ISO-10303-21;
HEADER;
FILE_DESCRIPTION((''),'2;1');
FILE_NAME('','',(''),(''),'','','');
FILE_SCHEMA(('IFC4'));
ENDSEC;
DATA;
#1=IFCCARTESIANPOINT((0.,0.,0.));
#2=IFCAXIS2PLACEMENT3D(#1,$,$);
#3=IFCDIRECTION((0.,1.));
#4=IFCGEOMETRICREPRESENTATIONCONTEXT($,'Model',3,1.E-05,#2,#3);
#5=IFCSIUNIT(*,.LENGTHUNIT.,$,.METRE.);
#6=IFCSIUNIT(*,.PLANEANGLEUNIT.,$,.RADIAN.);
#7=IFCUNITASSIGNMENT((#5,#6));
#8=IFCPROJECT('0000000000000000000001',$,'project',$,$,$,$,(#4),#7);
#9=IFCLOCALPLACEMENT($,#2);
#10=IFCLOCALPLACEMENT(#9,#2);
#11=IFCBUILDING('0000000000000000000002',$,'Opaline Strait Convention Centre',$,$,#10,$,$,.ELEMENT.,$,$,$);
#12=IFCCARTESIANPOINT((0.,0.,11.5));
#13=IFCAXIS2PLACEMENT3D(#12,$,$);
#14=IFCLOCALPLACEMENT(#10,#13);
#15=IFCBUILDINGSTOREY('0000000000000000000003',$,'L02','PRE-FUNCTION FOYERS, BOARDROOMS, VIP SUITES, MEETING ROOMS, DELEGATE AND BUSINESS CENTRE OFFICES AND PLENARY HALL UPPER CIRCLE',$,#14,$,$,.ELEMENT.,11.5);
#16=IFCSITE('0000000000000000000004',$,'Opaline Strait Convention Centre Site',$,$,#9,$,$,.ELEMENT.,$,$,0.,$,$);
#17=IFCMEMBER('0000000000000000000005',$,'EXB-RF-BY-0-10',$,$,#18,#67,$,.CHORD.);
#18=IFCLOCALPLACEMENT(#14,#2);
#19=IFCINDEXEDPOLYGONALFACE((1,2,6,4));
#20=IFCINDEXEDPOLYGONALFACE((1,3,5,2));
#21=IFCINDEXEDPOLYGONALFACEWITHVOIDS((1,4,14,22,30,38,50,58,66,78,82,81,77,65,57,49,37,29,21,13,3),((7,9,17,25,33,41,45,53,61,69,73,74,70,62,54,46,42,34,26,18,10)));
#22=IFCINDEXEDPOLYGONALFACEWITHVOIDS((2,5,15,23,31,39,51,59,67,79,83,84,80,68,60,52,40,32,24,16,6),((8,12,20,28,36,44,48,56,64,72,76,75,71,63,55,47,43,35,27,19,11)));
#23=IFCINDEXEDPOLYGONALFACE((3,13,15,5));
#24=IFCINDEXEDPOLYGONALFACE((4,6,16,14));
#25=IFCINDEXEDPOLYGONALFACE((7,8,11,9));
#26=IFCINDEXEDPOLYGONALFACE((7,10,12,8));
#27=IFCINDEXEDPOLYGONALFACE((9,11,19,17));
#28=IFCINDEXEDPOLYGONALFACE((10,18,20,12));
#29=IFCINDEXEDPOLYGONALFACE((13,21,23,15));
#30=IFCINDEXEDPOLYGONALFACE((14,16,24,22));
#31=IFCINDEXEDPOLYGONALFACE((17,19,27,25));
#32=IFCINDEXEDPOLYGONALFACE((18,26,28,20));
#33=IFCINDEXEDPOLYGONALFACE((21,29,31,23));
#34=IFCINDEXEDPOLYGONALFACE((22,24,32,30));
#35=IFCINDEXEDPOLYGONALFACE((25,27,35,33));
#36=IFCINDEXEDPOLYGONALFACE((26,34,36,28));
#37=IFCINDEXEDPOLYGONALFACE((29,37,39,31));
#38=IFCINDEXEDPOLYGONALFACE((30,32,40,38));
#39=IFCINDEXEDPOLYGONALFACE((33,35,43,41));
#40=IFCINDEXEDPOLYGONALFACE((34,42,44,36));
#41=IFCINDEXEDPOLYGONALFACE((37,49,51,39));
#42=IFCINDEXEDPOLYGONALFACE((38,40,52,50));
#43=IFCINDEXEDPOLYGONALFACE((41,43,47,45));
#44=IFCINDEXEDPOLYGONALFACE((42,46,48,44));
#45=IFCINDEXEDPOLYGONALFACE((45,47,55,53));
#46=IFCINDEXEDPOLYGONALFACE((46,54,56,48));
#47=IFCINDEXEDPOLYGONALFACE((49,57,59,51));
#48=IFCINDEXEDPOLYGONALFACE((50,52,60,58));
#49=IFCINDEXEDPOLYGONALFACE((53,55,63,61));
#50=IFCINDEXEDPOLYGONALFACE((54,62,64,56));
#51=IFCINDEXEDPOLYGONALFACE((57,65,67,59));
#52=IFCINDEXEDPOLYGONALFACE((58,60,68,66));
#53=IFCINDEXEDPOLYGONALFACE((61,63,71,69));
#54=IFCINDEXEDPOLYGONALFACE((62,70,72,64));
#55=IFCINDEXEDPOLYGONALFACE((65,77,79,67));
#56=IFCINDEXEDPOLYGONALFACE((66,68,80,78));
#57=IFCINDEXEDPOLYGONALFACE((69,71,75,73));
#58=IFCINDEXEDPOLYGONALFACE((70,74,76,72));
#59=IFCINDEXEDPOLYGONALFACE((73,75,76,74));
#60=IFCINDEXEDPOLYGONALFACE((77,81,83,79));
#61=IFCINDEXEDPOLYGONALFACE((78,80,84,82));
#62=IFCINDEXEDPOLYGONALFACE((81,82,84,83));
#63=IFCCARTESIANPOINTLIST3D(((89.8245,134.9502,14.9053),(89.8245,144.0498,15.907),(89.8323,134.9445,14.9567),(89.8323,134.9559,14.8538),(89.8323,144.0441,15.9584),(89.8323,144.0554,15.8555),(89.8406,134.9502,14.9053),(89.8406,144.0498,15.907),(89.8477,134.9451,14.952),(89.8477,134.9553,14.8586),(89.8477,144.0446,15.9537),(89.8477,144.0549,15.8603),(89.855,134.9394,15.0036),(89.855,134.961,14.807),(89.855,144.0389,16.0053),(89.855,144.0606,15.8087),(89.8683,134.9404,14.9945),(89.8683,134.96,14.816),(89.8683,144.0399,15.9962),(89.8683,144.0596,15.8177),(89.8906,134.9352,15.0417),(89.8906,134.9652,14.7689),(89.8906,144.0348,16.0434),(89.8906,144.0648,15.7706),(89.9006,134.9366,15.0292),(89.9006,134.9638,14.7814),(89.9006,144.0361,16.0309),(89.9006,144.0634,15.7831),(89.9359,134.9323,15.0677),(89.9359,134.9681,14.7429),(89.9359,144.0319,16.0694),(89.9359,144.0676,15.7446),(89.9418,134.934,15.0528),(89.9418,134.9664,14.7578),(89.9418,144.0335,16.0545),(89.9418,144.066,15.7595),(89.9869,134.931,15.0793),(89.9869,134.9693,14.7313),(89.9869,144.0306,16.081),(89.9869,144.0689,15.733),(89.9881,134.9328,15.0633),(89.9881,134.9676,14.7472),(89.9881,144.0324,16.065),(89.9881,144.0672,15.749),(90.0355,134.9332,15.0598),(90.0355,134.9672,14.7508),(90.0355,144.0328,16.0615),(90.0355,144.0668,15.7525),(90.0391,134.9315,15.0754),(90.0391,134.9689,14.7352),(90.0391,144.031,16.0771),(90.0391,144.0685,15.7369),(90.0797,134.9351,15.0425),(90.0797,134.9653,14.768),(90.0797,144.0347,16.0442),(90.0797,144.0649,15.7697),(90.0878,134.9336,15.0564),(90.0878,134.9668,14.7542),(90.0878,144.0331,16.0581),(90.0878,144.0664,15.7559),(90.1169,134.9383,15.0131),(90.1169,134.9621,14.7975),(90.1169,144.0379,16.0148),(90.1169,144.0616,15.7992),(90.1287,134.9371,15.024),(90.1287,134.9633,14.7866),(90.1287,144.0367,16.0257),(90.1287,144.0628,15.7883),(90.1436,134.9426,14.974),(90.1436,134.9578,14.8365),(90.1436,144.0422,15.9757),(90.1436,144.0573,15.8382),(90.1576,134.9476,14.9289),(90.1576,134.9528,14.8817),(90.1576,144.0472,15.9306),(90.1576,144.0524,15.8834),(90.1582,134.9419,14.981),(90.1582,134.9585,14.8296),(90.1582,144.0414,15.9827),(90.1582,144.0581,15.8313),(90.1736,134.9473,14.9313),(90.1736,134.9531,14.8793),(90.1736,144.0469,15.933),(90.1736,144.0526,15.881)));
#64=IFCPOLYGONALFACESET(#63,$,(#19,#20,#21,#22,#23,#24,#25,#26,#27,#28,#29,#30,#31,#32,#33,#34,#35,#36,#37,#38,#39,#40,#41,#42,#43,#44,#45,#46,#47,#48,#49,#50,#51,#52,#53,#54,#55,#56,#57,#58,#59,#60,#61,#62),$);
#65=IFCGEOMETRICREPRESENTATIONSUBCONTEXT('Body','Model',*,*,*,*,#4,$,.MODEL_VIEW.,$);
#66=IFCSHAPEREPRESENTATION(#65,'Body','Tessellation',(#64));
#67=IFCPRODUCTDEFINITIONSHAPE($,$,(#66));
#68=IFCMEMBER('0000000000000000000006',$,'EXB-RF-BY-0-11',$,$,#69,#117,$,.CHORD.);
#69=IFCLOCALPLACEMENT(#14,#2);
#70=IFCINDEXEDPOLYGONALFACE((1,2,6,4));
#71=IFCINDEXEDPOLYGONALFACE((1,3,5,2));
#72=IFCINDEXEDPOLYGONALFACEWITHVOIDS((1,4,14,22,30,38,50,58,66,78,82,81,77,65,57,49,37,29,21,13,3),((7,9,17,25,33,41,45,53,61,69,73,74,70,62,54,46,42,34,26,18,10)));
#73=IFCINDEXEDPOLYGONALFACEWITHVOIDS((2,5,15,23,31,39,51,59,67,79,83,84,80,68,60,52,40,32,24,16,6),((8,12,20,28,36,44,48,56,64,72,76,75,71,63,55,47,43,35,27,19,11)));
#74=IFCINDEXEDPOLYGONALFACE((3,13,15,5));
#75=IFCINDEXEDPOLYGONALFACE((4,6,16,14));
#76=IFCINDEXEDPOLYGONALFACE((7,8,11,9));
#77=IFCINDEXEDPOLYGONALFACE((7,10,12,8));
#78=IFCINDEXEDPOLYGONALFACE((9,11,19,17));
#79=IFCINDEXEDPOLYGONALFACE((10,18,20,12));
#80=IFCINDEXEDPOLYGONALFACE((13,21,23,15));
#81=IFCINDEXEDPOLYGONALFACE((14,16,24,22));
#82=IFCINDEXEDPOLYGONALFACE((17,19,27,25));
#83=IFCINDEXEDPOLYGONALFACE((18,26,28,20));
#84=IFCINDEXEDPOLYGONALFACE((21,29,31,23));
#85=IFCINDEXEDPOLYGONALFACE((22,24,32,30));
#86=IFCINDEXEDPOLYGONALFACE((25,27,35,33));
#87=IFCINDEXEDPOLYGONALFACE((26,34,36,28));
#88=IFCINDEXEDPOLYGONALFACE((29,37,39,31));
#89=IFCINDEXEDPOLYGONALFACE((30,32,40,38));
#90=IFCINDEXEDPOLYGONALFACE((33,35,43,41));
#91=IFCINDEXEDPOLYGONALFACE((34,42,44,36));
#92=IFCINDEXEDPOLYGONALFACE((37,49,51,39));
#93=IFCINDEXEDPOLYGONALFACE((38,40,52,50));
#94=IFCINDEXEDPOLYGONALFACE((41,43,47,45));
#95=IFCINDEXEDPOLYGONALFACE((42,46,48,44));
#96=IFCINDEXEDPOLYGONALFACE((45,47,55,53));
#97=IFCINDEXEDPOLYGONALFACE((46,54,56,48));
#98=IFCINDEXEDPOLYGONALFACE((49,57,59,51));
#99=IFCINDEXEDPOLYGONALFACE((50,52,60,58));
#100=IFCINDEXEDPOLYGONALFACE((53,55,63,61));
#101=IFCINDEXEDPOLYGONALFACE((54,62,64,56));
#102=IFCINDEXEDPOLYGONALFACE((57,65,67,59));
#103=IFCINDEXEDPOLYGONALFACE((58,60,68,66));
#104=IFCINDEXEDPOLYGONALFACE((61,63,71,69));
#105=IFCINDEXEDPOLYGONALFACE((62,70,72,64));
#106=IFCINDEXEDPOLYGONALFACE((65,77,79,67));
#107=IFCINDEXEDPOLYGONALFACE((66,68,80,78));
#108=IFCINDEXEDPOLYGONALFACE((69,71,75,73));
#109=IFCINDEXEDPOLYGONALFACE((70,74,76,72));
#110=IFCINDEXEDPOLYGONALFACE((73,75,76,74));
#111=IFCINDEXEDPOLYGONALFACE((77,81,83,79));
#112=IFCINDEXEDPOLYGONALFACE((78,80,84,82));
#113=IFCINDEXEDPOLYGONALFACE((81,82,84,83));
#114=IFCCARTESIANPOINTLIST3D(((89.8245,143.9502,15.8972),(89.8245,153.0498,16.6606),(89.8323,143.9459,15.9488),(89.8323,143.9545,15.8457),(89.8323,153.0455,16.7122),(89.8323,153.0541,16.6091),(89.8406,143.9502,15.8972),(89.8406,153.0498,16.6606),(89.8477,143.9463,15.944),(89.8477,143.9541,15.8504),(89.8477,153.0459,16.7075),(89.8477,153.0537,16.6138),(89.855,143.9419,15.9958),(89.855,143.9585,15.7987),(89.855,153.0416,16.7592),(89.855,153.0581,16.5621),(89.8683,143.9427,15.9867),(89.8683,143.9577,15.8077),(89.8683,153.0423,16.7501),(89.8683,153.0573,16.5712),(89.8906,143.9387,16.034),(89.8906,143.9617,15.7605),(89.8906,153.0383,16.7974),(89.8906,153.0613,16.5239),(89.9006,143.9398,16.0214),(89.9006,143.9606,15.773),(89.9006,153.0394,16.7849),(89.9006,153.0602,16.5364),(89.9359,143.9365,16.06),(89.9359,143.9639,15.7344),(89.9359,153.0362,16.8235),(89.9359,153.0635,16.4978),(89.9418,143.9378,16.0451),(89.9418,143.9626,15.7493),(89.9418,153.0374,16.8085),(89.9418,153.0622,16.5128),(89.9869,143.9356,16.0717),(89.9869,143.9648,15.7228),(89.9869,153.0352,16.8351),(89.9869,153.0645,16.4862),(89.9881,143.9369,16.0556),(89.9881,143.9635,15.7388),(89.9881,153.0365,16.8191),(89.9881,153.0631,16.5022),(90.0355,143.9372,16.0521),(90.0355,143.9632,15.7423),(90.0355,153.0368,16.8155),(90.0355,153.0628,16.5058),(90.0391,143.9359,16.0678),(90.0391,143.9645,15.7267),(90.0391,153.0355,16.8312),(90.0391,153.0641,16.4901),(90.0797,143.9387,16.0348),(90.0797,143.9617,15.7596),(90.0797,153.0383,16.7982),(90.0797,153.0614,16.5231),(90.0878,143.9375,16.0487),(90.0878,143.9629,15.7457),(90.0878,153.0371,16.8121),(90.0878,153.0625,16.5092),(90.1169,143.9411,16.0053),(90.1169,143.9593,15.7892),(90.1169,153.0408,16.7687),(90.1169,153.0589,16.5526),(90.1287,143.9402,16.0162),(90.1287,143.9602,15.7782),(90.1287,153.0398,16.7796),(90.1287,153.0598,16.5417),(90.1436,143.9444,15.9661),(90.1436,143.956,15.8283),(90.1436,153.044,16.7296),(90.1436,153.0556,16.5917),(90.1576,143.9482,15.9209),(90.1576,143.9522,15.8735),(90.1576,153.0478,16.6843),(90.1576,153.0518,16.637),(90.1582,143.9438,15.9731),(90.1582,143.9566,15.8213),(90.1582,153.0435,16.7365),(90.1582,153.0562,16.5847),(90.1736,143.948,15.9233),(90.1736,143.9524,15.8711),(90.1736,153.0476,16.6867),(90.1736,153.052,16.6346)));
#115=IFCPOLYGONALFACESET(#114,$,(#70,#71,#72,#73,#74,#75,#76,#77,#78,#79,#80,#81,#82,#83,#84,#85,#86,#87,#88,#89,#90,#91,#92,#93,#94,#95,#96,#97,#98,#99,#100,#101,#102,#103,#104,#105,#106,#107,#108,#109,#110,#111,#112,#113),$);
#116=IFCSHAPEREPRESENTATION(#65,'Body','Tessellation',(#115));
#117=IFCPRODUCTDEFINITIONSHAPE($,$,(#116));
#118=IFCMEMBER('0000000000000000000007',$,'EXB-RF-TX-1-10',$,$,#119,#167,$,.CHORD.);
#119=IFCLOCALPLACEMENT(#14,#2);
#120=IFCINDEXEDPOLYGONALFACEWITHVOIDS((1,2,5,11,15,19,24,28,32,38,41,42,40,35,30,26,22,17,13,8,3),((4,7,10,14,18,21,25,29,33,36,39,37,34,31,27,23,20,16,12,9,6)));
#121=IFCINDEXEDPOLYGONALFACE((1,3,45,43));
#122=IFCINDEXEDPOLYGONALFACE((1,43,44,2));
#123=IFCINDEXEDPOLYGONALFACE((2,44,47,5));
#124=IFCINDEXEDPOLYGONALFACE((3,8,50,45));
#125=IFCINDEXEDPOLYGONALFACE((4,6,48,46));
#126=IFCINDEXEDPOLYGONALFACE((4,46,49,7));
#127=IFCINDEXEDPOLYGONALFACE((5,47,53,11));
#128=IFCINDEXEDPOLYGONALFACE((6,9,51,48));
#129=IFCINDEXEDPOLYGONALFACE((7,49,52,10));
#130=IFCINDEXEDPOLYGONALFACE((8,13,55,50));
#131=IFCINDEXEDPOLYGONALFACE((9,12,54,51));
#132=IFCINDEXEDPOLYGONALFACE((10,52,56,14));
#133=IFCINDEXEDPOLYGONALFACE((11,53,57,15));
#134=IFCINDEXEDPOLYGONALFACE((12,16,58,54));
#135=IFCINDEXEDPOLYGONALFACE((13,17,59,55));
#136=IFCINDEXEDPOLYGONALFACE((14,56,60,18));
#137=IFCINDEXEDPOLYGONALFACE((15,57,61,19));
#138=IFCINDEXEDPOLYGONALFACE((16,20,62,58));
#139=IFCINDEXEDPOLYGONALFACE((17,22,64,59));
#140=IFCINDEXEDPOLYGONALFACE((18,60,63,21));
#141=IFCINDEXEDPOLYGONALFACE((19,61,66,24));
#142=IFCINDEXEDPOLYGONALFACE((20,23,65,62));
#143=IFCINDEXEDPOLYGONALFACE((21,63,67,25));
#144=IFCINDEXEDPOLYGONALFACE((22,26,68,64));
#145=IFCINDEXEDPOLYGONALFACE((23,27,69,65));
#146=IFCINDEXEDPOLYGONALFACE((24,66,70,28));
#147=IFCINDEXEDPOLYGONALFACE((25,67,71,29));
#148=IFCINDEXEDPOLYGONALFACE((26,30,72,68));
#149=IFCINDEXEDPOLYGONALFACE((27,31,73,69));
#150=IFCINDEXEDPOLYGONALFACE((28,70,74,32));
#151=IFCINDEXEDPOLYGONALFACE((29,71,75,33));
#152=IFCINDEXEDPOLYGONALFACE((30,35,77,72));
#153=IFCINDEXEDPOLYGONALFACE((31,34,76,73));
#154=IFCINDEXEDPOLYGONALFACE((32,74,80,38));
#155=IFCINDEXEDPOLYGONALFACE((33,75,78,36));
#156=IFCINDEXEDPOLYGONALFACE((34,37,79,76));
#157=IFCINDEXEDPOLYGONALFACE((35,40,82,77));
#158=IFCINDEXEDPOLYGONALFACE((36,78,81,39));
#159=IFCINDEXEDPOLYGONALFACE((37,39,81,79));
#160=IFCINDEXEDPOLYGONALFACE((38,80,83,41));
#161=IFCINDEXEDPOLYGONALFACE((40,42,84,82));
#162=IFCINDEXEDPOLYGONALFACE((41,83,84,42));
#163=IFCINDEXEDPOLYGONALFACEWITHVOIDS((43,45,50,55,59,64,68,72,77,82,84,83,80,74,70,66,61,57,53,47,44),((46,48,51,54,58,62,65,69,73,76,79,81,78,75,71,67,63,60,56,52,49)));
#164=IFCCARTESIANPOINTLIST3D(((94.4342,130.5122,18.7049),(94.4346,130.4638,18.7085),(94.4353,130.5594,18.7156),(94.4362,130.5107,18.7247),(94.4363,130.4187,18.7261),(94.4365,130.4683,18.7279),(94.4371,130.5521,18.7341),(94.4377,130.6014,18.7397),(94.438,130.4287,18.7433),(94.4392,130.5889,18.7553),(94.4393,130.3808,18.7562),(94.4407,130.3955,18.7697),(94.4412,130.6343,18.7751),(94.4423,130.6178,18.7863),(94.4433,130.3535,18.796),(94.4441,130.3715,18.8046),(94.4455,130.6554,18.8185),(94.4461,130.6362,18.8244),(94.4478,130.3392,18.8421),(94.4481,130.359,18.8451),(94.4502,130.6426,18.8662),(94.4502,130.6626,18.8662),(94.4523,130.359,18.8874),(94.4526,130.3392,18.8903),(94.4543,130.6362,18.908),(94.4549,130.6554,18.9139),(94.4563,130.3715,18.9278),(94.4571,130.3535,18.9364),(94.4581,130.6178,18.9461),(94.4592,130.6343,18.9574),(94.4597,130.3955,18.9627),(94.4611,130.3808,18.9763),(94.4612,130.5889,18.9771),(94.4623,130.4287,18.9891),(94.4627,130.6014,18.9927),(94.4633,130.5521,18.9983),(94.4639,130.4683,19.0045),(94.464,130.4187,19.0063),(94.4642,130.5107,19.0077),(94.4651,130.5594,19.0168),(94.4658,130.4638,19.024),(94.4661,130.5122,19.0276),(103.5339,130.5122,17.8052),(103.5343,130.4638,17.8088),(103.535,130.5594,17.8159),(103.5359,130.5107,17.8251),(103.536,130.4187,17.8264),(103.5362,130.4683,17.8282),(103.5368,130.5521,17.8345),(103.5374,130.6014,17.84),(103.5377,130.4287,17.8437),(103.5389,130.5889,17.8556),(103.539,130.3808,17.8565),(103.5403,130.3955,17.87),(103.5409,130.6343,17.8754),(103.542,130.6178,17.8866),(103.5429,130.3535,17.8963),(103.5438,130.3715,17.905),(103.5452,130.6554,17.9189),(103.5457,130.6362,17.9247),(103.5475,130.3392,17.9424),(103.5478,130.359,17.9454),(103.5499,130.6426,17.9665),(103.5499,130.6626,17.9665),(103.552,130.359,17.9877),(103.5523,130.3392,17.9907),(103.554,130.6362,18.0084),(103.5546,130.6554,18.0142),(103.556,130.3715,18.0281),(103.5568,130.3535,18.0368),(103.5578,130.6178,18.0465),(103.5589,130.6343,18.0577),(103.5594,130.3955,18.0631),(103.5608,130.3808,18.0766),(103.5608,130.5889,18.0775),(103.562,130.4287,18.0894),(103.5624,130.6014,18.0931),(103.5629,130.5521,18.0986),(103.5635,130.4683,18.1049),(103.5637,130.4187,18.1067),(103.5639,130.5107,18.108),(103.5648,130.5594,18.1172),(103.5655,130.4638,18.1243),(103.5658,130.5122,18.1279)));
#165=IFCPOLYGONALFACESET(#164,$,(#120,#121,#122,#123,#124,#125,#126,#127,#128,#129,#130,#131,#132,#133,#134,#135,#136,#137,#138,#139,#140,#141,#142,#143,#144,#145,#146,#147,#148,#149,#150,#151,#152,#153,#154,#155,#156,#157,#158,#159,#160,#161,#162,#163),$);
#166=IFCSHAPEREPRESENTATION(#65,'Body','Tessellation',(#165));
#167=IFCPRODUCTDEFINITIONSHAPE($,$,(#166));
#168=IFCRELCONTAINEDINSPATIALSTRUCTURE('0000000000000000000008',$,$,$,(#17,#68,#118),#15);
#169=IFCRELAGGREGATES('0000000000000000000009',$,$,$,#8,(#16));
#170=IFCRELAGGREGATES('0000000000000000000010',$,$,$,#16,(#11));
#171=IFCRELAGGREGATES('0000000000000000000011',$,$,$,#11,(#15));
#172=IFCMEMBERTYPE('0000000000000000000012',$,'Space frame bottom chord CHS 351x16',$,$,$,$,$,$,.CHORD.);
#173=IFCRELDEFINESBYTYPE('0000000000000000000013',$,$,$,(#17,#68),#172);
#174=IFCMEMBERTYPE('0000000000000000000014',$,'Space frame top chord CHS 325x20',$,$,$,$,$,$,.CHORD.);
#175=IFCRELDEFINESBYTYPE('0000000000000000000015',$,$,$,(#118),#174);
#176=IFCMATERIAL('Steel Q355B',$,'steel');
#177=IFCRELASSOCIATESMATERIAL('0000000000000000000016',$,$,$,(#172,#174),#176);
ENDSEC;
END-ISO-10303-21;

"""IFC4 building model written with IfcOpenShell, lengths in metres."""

from ifc_helpers import new_model, si_unit, direction, frame, origin, origin_2d, place, context, subcontext, project, spatial, hollow_circle, extrude, material, material_profile, profile_set, type_object, element, save


model = new_model("IFC4")

# Units and contexts
model_context = context("Model", 3, precision=1e-05, world=origin(), true_north=direction((0.0, 1.0)))
body_context = subcontext(model_context, "Body", "Model", "MODEL_VIEW")
ifc_project = project(units=[si_unit("LENGTHUNIT", "METRE"), si_unit("PLANEANGLEUNIT", "RADIAN")], contexts=[model_context])

# Site, building, storey
site_placement = place(None, origin())
site = spatial("IfcSite", under=ifc_project, at=site_placement, Name="Opaline Strait Convention Centre Site", CompositionType="ELEMENT", RefElevation=0.0)
building_placement = place(site_placement, origin())
building = spatial("IfcBuilding", under=site, at=building_placement, Name="Opaline Strait Convention Centre", CompositionType="ELEMENT")
storey_placement = place(building_placement, frame((0.0, 0.0, 11.5)))
storey = spatial("IfcBuildingStorey", under=building, at=storey_placement, Name="L02", Description="PRE-FUNCTION FOYERS, BOARDROOMS, VIP SUITES, MEETING ROOMS, DELEGATE AND BUSINESS CENTRE OFFICES AND PLENARY HALL UPPER CIRCLE", CompositionType="ELEMENT", Elevation=11.5)

# Members
ifc_material_1 = material(Name="Steel Q355B", Category="steel")
ifc_material_profile_1 = material_profile(ifc_material_1, hollow_circle(Radius=0.1755, WallThickness=0.0161, at=origin_2d()), Name="CHS 351x16")
ifc_profile_set_1 = profile_set([ifc_material_profile_1], Name="Steel Q355B")
member_type_1 = type_object("IfcMemberType", Name="Space frame bottom chord CHS 351x16", PredefinedType="CHORD", material=ifc_profile_set_1)
member_1_placement = place(storey_placement, frame((90.0, 134.9502, 14.9053), z_axis=(0.0, 0.993995, 0.109422), x_axis=(-1.0, 0.0, 0.0)))
element("IfcMember", 1, at=member_1_placement, inside=storey, type_object=member_type_1, Name="EXB-RF-BY-0-10", PredefinedType="CHORD", context=body_context, shape_type="SweptSolid", body=[
    extrude(hollow_circle(Radius=0.1755, WallThickness=0.0161, at=origin_2d()), origin(), (0.0, 0.0, 1.0), 9.1545),
])
member_2_placement = place(storey_placement, frame((90.0, 143.9502, 15.8972), z_axis=(0.0, 0.996499, 0.083603), x_axis=(-1.0, 0.0, 0.0)))
element("IfcMember", 2, at=member_2_placement, inside=storey, type_object=member_type_1, Name="EXB-RF-BY-0-11", PredefinedType="CHORD", context=body_context, shape_type="SweptSolid", body=[
    extrude(hollow_circle(Radius=0.1755, WallThickness=0.0161, at=origin_2d()), origin(), (0.0, 0.0, 1.0), 9.1316),
])
ifc_material_profile_2 = material_profile(ifc_material_1, hollow_circle(Radius=0.1626, WallThickness=0.02, at=origin_2d()), Name="CHS 325x20")
ifc_profile_set_2 = profile_set([ifc_material_profile_2], Name="Steel Q355B")
member_type_2 = type_object("IfcMemberType", Name="Space frame top chord CHS 325x20", PredefinedType="CHORD", material=ifc_profile_set_2)
member_3_placement = place(storey_placement, frame((94.4502, 130.5, 18.8662), z_axis=(0.995148, 0.0, -0.098388), x_axis=(0.0, 1.0, 0.0)))
element("IfcMember", 3, at=member_3_placement, inside=storey, type_object=member_type_2, Name="EXB-RF-TX-1-10", PredefinedType="CHORD", context=body_context, shape_type="SweptSolid", body=[
    extrude(hollow_circle(Radius=0.1626, WallThickness=0.02, at=origin_2d()), origin(), (0.0, 0.0, 1.0), 9.144),
])

save(model, "model.ifc")
